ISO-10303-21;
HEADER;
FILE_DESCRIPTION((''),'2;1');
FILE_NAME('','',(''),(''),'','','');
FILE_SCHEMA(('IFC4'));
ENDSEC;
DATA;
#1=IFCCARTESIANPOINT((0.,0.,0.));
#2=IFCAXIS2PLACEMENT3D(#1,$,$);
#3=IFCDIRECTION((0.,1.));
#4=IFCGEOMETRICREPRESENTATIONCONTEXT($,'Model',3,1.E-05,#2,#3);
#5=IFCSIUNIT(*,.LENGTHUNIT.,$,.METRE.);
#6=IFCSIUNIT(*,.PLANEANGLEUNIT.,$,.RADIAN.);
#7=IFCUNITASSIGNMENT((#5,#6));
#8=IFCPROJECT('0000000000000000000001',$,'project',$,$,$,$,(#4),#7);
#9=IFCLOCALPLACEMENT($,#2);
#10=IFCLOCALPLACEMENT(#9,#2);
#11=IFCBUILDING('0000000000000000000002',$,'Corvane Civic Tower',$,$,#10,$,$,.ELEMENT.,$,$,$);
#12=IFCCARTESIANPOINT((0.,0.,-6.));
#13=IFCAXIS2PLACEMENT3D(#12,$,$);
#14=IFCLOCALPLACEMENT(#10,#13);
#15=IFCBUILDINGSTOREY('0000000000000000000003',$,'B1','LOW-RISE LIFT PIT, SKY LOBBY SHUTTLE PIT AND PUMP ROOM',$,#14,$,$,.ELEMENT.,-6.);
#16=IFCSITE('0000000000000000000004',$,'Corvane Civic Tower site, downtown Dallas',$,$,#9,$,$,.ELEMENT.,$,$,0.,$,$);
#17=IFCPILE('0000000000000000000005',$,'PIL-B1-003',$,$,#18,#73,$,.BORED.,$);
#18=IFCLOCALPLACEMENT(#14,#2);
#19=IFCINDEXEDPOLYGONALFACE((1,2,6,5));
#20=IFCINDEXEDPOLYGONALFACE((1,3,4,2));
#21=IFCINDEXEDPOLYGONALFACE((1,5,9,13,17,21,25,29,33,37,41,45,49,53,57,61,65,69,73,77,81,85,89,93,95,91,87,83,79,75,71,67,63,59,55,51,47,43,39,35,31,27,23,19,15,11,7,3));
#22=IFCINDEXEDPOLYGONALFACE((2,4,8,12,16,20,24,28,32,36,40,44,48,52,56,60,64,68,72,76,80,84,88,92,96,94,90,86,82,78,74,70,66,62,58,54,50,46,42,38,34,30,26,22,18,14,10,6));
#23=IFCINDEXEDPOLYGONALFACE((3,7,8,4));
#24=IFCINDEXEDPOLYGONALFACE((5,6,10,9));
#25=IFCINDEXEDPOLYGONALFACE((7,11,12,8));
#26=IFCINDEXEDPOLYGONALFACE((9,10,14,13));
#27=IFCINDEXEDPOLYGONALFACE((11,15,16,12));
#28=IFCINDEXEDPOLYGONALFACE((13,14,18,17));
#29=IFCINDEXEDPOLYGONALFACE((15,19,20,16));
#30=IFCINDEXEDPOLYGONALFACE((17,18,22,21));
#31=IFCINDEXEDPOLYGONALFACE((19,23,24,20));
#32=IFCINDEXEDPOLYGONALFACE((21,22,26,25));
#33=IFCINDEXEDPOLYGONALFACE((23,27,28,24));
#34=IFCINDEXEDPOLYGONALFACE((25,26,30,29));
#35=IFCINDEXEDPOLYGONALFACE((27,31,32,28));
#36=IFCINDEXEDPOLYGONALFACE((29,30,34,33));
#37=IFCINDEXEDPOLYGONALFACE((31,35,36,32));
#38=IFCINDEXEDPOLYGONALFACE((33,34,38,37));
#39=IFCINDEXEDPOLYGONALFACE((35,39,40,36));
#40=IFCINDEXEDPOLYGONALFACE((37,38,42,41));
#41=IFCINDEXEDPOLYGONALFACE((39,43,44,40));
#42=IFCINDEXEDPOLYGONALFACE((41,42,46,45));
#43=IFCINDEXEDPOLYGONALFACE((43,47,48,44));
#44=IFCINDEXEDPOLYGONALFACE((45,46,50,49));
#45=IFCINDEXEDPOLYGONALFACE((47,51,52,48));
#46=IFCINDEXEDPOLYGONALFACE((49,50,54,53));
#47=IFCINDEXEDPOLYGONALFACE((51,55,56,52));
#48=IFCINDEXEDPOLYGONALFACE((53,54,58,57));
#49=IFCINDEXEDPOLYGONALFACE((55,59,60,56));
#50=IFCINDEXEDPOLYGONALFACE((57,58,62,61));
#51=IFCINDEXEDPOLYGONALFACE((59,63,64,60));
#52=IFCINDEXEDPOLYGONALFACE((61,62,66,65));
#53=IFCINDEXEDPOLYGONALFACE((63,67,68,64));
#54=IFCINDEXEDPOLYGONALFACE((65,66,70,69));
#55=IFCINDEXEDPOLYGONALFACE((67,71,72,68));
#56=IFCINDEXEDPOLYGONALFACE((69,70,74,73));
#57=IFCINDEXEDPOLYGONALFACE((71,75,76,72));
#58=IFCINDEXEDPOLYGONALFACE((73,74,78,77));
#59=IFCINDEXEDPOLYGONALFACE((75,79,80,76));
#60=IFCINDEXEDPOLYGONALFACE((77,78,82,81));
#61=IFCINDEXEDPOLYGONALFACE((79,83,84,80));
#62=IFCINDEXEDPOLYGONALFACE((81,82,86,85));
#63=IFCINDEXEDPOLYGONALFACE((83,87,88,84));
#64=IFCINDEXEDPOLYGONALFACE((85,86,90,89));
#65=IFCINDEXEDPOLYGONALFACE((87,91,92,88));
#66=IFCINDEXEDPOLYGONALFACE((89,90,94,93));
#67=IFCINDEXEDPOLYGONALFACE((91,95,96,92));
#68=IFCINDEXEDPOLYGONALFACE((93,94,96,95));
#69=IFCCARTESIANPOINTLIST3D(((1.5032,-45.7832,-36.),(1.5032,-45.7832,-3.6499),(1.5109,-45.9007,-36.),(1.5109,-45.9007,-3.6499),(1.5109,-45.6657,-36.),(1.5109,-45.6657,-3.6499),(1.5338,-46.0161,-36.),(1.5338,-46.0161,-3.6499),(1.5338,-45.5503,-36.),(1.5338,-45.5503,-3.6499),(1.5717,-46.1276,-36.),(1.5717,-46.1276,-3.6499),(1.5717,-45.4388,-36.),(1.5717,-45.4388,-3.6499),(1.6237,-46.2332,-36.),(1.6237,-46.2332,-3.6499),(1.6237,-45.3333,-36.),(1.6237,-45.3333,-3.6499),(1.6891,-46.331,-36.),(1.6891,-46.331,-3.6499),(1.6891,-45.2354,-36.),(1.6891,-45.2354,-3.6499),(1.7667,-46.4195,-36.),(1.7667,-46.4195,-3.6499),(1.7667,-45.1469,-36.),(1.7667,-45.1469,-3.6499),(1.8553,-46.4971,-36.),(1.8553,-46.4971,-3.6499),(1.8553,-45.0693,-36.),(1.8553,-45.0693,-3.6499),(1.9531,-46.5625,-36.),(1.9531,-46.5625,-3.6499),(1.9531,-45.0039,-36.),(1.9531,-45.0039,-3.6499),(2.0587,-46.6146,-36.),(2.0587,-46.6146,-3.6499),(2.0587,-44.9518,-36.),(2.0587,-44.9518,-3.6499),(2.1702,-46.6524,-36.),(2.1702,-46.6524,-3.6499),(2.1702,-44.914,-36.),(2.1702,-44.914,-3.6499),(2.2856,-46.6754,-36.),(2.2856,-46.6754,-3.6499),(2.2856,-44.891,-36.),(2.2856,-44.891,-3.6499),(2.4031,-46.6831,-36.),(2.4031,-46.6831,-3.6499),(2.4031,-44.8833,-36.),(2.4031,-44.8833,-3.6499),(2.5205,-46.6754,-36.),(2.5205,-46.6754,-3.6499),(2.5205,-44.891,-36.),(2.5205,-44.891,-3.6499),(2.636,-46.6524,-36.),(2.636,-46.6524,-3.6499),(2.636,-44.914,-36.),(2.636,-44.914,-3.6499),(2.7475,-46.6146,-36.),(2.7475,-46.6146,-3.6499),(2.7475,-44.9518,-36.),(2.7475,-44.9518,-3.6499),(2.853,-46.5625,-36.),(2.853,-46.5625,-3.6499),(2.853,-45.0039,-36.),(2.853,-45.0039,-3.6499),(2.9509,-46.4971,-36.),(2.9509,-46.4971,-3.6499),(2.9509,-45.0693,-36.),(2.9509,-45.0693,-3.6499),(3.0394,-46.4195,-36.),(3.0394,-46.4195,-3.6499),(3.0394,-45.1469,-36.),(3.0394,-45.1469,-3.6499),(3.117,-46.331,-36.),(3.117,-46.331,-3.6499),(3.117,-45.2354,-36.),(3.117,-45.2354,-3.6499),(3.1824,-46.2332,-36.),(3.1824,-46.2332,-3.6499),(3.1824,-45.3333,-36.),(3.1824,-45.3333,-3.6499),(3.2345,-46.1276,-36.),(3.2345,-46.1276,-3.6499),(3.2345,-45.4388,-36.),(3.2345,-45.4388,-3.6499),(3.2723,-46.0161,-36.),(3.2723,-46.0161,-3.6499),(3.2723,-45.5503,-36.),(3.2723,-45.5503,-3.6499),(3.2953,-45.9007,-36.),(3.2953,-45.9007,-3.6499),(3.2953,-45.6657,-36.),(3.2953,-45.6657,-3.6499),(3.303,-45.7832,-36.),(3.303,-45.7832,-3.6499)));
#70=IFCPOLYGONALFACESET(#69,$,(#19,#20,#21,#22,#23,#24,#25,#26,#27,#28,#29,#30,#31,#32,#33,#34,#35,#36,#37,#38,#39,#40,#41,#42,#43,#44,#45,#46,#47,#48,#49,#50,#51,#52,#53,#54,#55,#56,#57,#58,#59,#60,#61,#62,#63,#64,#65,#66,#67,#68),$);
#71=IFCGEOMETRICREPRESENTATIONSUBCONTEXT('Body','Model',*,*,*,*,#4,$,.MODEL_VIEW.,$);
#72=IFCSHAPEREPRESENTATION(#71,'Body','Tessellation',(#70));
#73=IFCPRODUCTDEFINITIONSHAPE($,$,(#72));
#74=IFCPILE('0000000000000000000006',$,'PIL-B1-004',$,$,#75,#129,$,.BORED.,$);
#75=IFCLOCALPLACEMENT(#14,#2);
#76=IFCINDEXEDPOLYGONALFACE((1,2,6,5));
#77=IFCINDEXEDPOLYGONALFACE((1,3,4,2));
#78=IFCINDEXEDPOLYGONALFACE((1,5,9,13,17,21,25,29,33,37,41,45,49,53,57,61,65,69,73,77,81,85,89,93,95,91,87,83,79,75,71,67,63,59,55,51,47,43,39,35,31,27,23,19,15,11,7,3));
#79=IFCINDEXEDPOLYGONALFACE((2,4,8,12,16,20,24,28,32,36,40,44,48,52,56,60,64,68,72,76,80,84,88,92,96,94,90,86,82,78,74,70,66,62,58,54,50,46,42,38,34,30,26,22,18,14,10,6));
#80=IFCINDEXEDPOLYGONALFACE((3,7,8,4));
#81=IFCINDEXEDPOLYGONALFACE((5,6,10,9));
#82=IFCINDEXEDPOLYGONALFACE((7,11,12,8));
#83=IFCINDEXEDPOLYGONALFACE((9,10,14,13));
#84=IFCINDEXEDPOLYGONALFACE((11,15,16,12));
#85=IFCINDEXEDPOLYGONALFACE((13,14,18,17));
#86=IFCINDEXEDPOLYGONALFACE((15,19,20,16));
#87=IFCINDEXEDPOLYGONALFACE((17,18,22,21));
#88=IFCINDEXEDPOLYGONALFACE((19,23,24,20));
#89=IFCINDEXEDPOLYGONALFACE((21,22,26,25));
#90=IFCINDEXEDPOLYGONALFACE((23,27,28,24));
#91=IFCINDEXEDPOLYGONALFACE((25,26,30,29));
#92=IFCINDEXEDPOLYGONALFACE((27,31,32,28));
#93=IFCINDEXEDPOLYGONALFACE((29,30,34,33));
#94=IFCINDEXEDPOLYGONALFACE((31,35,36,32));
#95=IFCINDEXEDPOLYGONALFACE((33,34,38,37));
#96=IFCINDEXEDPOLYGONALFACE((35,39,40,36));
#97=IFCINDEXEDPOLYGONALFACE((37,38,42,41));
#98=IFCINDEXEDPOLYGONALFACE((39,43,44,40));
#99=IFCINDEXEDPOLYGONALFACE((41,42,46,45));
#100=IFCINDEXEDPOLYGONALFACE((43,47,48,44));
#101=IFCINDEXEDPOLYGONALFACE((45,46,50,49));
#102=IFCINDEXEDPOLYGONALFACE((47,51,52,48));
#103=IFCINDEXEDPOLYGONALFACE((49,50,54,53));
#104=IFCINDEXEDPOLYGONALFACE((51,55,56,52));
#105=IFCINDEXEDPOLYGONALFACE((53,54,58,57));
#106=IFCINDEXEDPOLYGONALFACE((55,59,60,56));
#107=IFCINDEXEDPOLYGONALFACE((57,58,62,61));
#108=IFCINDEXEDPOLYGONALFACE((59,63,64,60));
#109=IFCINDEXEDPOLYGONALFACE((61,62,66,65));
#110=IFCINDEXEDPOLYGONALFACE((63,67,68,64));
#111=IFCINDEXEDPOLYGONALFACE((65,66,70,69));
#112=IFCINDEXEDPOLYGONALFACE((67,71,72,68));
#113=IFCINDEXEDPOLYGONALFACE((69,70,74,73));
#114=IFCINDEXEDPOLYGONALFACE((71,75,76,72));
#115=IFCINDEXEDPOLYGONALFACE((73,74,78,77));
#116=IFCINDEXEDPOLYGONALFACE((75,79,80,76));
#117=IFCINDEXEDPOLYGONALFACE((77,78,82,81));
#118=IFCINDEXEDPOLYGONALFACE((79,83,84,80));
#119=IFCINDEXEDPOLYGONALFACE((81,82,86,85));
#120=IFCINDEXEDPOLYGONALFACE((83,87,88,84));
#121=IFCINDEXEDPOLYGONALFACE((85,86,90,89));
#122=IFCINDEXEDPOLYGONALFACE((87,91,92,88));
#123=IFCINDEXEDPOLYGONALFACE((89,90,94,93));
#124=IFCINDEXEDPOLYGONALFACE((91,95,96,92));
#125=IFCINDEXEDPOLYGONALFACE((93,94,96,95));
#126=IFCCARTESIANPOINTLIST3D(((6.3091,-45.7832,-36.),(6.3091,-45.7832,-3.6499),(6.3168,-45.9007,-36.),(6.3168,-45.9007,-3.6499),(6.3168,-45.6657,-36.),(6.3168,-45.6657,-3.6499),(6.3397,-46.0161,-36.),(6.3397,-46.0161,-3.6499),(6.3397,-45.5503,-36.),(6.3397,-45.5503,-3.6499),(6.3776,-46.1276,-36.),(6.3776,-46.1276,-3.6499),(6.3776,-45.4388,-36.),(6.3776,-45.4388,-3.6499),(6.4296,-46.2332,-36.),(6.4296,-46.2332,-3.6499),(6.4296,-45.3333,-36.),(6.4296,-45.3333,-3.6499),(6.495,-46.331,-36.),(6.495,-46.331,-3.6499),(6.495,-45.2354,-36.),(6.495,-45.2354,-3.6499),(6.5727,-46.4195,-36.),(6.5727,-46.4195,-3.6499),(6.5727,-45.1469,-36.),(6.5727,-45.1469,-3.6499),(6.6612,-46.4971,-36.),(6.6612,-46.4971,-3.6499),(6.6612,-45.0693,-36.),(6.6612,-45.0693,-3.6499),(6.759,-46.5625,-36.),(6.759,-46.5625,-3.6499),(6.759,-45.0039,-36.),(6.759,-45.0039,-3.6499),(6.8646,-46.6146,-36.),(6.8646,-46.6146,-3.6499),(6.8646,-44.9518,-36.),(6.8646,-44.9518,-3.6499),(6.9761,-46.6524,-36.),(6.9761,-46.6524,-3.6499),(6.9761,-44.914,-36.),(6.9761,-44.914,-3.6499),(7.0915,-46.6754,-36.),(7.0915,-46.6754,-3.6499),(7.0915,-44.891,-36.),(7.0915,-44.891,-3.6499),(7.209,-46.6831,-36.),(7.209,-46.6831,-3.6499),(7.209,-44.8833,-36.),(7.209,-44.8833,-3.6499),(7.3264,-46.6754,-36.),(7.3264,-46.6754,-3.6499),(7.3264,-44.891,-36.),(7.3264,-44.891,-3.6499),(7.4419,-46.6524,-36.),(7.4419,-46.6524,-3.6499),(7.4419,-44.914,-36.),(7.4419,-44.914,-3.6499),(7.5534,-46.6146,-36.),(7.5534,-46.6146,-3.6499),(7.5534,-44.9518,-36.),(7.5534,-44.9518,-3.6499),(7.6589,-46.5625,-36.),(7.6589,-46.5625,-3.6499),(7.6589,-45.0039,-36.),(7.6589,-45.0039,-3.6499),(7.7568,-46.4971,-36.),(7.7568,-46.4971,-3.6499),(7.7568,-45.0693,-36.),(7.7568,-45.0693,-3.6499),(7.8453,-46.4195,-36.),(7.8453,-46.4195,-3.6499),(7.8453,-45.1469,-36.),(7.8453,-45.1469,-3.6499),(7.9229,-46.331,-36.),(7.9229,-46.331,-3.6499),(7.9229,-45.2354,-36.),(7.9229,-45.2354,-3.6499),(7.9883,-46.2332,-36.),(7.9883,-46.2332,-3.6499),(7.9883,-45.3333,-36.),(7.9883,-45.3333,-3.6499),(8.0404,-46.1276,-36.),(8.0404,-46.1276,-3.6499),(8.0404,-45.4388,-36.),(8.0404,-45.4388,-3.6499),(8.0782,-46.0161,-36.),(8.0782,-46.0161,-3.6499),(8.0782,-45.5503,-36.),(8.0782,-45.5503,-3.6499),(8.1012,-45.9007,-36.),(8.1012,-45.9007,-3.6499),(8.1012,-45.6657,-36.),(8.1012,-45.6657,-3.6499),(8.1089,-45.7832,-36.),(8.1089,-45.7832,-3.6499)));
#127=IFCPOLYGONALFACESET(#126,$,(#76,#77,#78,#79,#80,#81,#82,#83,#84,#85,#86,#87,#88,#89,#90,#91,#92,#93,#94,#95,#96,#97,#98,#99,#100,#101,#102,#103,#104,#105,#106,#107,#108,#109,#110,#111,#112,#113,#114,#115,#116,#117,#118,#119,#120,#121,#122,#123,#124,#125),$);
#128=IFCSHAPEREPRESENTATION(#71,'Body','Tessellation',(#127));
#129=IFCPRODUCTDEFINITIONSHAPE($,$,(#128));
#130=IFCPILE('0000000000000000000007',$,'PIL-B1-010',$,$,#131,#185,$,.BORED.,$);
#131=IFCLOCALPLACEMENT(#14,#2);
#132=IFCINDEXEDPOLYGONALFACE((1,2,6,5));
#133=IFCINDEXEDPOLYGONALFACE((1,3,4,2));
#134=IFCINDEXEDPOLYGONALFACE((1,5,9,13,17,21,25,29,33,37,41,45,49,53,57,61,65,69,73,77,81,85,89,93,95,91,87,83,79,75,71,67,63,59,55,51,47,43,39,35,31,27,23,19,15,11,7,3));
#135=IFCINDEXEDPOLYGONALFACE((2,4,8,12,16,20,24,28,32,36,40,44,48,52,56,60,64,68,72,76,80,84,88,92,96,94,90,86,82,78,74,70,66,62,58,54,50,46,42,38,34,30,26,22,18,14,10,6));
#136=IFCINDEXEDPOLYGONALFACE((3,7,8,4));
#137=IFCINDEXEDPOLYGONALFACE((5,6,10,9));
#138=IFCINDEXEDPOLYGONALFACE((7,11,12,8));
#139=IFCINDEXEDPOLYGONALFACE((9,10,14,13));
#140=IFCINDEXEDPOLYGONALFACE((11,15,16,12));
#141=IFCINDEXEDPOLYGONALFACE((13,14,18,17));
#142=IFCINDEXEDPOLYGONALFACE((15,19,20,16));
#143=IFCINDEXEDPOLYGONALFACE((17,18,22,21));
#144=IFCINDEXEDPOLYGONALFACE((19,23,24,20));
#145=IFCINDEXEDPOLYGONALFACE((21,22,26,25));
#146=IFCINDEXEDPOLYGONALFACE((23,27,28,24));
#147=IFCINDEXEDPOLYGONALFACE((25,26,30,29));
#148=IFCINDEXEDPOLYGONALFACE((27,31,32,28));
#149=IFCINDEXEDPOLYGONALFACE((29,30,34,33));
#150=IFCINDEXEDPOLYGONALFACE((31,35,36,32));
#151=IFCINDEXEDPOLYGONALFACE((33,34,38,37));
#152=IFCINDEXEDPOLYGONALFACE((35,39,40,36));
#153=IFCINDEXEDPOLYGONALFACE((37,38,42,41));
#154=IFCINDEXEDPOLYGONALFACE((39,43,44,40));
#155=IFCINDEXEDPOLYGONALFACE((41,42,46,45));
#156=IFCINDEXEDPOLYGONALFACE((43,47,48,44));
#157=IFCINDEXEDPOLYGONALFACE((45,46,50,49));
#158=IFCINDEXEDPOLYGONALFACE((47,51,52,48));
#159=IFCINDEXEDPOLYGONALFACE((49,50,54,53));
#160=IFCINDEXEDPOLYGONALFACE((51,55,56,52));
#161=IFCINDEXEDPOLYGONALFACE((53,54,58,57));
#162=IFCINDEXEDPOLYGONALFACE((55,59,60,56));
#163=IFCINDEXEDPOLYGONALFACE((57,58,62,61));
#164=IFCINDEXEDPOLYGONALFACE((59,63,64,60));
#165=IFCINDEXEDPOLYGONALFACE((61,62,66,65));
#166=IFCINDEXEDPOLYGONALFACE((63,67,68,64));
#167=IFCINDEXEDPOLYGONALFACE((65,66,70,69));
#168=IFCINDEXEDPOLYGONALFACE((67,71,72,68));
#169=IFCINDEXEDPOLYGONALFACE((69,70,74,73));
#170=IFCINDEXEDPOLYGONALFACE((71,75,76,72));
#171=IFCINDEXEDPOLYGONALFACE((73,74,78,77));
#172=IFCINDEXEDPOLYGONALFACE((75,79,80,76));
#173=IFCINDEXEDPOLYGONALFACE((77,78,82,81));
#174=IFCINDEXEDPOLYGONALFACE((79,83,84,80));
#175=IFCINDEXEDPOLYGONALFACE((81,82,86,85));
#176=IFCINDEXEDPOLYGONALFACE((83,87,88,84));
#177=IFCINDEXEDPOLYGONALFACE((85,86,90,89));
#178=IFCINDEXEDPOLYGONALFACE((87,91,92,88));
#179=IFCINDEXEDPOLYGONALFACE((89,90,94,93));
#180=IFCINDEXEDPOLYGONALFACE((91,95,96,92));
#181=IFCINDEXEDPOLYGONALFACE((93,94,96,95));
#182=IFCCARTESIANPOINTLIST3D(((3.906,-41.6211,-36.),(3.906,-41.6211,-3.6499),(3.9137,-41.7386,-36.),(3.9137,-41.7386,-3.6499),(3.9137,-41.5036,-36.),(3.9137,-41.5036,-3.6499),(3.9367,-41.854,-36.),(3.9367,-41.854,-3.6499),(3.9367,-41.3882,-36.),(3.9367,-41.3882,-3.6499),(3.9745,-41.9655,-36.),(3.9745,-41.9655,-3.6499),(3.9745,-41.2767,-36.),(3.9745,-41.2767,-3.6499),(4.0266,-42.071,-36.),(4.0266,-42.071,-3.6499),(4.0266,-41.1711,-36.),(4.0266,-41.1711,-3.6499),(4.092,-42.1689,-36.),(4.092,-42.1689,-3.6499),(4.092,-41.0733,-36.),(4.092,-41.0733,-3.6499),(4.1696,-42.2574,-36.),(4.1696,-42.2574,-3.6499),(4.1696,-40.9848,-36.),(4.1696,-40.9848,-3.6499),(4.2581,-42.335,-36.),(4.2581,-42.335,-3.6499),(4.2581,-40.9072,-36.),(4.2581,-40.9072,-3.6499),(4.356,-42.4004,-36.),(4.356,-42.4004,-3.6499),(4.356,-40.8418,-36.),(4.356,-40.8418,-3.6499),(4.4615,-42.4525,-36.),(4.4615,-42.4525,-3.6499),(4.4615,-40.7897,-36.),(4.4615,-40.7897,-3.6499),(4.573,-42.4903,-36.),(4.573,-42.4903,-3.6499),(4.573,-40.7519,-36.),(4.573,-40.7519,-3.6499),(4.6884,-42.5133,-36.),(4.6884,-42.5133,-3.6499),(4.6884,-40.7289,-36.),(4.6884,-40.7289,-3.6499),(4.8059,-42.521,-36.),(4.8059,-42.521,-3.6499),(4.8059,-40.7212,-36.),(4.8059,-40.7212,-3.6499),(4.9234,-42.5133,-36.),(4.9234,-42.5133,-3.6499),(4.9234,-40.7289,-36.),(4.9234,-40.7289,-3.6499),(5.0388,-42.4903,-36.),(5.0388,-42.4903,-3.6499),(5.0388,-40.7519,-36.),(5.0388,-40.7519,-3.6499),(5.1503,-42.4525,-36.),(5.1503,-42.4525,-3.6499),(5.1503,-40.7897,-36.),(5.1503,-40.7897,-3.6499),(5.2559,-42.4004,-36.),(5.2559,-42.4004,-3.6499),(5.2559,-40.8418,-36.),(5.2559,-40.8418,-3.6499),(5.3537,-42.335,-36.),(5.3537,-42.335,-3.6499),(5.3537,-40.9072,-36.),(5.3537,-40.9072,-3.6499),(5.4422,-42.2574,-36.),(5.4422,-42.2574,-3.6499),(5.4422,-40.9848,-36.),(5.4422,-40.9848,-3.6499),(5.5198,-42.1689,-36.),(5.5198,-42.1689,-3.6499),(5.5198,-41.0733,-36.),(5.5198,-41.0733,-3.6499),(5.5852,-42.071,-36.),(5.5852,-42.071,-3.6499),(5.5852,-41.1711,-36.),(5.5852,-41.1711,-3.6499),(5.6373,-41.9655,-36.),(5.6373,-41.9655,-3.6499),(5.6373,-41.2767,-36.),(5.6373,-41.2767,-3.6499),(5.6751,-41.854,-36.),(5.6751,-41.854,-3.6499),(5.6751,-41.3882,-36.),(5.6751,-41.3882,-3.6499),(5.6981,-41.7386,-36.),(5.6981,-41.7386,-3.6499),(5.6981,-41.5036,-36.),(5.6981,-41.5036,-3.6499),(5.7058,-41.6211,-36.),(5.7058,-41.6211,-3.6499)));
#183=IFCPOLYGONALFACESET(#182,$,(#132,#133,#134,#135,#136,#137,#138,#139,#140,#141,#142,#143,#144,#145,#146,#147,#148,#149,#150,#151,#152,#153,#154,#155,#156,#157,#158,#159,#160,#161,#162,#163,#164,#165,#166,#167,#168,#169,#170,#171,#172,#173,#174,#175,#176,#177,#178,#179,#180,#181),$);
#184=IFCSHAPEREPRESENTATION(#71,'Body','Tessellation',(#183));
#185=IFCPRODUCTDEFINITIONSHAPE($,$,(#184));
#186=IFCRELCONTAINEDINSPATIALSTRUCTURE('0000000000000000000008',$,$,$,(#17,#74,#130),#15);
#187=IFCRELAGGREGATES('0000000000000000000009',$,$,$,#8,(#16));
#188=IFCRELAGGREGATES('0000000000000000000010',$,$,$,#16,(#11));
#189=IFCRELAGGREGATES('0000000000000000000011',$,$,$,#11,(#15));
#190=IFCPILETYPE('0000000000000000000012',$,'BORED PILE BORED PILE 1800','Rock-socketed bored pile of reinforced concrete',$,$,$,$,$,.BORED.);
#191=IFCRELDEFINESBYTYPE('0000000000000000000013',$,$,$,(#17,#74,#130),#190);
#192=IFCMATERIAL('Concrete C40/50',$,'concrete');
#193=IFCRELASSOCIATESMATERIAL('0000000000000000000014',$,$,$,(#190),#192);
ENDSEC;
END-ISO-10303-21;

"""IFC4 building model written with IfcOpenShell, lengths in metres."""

from ifc_helpers import new_model, si_unit, direction, frame, origin, origin_2d, place, context, subcontext, project, spatial, circle, extrude, material, material_profile, profile_set, type_object, element, save


model = new_model("IFC4")

# Units and contexts
model_context = context("Model", 3, precision=1e-05, world=origin(), true_north=direction((0.0, 1.0)))
body_context = subcontext(model_context, "Body", "Model", "MODEL_VIEW")
ifc_project = project(units=[si_unit("LENGTHUNIT", "METRE"), si_unit("PLANEANGLEUNIT", "RADIAN")], contexts=[model_context])

# Site, building, storey
site_placement = place(None, origin())
site = spatial("IfcSite", under=ifc_project, at=site_placement, Name="Corvane Civic Tower site, downtown Dallas", CompositionType="ELEMENT", RefElevation=0.0)
building_placement = place(site_placement, origin())
building = spatial("IfcBuilding", under=site, at=building_placement, Name="Corvane Civic Tower", CompositionType="ELEMENT")
storey_placement = place(building_placement, frame((0.0, 0.0, -6.0)))
storey = spatial("IfcBuildingStorey", under=building, at=storey_placement, Name="B1", Description="LOW-RISE LIFT PIT, SKY LOBBY SHUTTLE PIT AND PUMP ROOM", CompositionType="ELEMENT", Elevation=-6.0)

# Piles
ifc_material_1 = material(Name="Concrete C40/50", Category="concrete")
ifc_material_profile_1 = material_profile(ifc_material_1, circle(Radius=0.8999, at=origin_2d()), Name="BORED PILE 1800")
ifc_profile_set_1 = profile_set([ifc_material_profile_1], Name="Concrete C40/50")
pile_type_1 = type_object("IfcPileType", Name="BORED PILE BORED PILE 1800", Description="Rock-socketed bored pile of reinforced concrete", PredefinedType="BORED", material=ifc_profile_set_1)
for number, where, z_axis, x_axis, name in (
    (1, (2.4031, -45.7832, -3.6499), (0.0, 0.0, -1.0), (1.0, 0.0, 0.0), "PIL-B1-003"),
    (2, (7.209, -45.7832, -3.6499), (0.0, 0.0, -1.0), (1.0, 0.0, 0.0), "PIL-B1-004"),
    (3, (4.8059, -41.6211, -3.6499), (0.0, 0.0, -1.0), (1.0, 0.0, 0.0), "PIL-B1-010"),
):
    element("IfcPile", number, at=place(storey_placement, frame(where, z_axis=z_axis, x_axis=x_axis)), inside=storey, type_object=pile_type_1, Name=name, PredefinedType="BORED", context=body_context, shape_type="SweptSolid", body=[
        extrude(circle(Radius=0.8999, at=origin_2d()), origin(), (0.0, 0.0, 1.0), 32.3501),
    ])

save(model, "model.ifc")
